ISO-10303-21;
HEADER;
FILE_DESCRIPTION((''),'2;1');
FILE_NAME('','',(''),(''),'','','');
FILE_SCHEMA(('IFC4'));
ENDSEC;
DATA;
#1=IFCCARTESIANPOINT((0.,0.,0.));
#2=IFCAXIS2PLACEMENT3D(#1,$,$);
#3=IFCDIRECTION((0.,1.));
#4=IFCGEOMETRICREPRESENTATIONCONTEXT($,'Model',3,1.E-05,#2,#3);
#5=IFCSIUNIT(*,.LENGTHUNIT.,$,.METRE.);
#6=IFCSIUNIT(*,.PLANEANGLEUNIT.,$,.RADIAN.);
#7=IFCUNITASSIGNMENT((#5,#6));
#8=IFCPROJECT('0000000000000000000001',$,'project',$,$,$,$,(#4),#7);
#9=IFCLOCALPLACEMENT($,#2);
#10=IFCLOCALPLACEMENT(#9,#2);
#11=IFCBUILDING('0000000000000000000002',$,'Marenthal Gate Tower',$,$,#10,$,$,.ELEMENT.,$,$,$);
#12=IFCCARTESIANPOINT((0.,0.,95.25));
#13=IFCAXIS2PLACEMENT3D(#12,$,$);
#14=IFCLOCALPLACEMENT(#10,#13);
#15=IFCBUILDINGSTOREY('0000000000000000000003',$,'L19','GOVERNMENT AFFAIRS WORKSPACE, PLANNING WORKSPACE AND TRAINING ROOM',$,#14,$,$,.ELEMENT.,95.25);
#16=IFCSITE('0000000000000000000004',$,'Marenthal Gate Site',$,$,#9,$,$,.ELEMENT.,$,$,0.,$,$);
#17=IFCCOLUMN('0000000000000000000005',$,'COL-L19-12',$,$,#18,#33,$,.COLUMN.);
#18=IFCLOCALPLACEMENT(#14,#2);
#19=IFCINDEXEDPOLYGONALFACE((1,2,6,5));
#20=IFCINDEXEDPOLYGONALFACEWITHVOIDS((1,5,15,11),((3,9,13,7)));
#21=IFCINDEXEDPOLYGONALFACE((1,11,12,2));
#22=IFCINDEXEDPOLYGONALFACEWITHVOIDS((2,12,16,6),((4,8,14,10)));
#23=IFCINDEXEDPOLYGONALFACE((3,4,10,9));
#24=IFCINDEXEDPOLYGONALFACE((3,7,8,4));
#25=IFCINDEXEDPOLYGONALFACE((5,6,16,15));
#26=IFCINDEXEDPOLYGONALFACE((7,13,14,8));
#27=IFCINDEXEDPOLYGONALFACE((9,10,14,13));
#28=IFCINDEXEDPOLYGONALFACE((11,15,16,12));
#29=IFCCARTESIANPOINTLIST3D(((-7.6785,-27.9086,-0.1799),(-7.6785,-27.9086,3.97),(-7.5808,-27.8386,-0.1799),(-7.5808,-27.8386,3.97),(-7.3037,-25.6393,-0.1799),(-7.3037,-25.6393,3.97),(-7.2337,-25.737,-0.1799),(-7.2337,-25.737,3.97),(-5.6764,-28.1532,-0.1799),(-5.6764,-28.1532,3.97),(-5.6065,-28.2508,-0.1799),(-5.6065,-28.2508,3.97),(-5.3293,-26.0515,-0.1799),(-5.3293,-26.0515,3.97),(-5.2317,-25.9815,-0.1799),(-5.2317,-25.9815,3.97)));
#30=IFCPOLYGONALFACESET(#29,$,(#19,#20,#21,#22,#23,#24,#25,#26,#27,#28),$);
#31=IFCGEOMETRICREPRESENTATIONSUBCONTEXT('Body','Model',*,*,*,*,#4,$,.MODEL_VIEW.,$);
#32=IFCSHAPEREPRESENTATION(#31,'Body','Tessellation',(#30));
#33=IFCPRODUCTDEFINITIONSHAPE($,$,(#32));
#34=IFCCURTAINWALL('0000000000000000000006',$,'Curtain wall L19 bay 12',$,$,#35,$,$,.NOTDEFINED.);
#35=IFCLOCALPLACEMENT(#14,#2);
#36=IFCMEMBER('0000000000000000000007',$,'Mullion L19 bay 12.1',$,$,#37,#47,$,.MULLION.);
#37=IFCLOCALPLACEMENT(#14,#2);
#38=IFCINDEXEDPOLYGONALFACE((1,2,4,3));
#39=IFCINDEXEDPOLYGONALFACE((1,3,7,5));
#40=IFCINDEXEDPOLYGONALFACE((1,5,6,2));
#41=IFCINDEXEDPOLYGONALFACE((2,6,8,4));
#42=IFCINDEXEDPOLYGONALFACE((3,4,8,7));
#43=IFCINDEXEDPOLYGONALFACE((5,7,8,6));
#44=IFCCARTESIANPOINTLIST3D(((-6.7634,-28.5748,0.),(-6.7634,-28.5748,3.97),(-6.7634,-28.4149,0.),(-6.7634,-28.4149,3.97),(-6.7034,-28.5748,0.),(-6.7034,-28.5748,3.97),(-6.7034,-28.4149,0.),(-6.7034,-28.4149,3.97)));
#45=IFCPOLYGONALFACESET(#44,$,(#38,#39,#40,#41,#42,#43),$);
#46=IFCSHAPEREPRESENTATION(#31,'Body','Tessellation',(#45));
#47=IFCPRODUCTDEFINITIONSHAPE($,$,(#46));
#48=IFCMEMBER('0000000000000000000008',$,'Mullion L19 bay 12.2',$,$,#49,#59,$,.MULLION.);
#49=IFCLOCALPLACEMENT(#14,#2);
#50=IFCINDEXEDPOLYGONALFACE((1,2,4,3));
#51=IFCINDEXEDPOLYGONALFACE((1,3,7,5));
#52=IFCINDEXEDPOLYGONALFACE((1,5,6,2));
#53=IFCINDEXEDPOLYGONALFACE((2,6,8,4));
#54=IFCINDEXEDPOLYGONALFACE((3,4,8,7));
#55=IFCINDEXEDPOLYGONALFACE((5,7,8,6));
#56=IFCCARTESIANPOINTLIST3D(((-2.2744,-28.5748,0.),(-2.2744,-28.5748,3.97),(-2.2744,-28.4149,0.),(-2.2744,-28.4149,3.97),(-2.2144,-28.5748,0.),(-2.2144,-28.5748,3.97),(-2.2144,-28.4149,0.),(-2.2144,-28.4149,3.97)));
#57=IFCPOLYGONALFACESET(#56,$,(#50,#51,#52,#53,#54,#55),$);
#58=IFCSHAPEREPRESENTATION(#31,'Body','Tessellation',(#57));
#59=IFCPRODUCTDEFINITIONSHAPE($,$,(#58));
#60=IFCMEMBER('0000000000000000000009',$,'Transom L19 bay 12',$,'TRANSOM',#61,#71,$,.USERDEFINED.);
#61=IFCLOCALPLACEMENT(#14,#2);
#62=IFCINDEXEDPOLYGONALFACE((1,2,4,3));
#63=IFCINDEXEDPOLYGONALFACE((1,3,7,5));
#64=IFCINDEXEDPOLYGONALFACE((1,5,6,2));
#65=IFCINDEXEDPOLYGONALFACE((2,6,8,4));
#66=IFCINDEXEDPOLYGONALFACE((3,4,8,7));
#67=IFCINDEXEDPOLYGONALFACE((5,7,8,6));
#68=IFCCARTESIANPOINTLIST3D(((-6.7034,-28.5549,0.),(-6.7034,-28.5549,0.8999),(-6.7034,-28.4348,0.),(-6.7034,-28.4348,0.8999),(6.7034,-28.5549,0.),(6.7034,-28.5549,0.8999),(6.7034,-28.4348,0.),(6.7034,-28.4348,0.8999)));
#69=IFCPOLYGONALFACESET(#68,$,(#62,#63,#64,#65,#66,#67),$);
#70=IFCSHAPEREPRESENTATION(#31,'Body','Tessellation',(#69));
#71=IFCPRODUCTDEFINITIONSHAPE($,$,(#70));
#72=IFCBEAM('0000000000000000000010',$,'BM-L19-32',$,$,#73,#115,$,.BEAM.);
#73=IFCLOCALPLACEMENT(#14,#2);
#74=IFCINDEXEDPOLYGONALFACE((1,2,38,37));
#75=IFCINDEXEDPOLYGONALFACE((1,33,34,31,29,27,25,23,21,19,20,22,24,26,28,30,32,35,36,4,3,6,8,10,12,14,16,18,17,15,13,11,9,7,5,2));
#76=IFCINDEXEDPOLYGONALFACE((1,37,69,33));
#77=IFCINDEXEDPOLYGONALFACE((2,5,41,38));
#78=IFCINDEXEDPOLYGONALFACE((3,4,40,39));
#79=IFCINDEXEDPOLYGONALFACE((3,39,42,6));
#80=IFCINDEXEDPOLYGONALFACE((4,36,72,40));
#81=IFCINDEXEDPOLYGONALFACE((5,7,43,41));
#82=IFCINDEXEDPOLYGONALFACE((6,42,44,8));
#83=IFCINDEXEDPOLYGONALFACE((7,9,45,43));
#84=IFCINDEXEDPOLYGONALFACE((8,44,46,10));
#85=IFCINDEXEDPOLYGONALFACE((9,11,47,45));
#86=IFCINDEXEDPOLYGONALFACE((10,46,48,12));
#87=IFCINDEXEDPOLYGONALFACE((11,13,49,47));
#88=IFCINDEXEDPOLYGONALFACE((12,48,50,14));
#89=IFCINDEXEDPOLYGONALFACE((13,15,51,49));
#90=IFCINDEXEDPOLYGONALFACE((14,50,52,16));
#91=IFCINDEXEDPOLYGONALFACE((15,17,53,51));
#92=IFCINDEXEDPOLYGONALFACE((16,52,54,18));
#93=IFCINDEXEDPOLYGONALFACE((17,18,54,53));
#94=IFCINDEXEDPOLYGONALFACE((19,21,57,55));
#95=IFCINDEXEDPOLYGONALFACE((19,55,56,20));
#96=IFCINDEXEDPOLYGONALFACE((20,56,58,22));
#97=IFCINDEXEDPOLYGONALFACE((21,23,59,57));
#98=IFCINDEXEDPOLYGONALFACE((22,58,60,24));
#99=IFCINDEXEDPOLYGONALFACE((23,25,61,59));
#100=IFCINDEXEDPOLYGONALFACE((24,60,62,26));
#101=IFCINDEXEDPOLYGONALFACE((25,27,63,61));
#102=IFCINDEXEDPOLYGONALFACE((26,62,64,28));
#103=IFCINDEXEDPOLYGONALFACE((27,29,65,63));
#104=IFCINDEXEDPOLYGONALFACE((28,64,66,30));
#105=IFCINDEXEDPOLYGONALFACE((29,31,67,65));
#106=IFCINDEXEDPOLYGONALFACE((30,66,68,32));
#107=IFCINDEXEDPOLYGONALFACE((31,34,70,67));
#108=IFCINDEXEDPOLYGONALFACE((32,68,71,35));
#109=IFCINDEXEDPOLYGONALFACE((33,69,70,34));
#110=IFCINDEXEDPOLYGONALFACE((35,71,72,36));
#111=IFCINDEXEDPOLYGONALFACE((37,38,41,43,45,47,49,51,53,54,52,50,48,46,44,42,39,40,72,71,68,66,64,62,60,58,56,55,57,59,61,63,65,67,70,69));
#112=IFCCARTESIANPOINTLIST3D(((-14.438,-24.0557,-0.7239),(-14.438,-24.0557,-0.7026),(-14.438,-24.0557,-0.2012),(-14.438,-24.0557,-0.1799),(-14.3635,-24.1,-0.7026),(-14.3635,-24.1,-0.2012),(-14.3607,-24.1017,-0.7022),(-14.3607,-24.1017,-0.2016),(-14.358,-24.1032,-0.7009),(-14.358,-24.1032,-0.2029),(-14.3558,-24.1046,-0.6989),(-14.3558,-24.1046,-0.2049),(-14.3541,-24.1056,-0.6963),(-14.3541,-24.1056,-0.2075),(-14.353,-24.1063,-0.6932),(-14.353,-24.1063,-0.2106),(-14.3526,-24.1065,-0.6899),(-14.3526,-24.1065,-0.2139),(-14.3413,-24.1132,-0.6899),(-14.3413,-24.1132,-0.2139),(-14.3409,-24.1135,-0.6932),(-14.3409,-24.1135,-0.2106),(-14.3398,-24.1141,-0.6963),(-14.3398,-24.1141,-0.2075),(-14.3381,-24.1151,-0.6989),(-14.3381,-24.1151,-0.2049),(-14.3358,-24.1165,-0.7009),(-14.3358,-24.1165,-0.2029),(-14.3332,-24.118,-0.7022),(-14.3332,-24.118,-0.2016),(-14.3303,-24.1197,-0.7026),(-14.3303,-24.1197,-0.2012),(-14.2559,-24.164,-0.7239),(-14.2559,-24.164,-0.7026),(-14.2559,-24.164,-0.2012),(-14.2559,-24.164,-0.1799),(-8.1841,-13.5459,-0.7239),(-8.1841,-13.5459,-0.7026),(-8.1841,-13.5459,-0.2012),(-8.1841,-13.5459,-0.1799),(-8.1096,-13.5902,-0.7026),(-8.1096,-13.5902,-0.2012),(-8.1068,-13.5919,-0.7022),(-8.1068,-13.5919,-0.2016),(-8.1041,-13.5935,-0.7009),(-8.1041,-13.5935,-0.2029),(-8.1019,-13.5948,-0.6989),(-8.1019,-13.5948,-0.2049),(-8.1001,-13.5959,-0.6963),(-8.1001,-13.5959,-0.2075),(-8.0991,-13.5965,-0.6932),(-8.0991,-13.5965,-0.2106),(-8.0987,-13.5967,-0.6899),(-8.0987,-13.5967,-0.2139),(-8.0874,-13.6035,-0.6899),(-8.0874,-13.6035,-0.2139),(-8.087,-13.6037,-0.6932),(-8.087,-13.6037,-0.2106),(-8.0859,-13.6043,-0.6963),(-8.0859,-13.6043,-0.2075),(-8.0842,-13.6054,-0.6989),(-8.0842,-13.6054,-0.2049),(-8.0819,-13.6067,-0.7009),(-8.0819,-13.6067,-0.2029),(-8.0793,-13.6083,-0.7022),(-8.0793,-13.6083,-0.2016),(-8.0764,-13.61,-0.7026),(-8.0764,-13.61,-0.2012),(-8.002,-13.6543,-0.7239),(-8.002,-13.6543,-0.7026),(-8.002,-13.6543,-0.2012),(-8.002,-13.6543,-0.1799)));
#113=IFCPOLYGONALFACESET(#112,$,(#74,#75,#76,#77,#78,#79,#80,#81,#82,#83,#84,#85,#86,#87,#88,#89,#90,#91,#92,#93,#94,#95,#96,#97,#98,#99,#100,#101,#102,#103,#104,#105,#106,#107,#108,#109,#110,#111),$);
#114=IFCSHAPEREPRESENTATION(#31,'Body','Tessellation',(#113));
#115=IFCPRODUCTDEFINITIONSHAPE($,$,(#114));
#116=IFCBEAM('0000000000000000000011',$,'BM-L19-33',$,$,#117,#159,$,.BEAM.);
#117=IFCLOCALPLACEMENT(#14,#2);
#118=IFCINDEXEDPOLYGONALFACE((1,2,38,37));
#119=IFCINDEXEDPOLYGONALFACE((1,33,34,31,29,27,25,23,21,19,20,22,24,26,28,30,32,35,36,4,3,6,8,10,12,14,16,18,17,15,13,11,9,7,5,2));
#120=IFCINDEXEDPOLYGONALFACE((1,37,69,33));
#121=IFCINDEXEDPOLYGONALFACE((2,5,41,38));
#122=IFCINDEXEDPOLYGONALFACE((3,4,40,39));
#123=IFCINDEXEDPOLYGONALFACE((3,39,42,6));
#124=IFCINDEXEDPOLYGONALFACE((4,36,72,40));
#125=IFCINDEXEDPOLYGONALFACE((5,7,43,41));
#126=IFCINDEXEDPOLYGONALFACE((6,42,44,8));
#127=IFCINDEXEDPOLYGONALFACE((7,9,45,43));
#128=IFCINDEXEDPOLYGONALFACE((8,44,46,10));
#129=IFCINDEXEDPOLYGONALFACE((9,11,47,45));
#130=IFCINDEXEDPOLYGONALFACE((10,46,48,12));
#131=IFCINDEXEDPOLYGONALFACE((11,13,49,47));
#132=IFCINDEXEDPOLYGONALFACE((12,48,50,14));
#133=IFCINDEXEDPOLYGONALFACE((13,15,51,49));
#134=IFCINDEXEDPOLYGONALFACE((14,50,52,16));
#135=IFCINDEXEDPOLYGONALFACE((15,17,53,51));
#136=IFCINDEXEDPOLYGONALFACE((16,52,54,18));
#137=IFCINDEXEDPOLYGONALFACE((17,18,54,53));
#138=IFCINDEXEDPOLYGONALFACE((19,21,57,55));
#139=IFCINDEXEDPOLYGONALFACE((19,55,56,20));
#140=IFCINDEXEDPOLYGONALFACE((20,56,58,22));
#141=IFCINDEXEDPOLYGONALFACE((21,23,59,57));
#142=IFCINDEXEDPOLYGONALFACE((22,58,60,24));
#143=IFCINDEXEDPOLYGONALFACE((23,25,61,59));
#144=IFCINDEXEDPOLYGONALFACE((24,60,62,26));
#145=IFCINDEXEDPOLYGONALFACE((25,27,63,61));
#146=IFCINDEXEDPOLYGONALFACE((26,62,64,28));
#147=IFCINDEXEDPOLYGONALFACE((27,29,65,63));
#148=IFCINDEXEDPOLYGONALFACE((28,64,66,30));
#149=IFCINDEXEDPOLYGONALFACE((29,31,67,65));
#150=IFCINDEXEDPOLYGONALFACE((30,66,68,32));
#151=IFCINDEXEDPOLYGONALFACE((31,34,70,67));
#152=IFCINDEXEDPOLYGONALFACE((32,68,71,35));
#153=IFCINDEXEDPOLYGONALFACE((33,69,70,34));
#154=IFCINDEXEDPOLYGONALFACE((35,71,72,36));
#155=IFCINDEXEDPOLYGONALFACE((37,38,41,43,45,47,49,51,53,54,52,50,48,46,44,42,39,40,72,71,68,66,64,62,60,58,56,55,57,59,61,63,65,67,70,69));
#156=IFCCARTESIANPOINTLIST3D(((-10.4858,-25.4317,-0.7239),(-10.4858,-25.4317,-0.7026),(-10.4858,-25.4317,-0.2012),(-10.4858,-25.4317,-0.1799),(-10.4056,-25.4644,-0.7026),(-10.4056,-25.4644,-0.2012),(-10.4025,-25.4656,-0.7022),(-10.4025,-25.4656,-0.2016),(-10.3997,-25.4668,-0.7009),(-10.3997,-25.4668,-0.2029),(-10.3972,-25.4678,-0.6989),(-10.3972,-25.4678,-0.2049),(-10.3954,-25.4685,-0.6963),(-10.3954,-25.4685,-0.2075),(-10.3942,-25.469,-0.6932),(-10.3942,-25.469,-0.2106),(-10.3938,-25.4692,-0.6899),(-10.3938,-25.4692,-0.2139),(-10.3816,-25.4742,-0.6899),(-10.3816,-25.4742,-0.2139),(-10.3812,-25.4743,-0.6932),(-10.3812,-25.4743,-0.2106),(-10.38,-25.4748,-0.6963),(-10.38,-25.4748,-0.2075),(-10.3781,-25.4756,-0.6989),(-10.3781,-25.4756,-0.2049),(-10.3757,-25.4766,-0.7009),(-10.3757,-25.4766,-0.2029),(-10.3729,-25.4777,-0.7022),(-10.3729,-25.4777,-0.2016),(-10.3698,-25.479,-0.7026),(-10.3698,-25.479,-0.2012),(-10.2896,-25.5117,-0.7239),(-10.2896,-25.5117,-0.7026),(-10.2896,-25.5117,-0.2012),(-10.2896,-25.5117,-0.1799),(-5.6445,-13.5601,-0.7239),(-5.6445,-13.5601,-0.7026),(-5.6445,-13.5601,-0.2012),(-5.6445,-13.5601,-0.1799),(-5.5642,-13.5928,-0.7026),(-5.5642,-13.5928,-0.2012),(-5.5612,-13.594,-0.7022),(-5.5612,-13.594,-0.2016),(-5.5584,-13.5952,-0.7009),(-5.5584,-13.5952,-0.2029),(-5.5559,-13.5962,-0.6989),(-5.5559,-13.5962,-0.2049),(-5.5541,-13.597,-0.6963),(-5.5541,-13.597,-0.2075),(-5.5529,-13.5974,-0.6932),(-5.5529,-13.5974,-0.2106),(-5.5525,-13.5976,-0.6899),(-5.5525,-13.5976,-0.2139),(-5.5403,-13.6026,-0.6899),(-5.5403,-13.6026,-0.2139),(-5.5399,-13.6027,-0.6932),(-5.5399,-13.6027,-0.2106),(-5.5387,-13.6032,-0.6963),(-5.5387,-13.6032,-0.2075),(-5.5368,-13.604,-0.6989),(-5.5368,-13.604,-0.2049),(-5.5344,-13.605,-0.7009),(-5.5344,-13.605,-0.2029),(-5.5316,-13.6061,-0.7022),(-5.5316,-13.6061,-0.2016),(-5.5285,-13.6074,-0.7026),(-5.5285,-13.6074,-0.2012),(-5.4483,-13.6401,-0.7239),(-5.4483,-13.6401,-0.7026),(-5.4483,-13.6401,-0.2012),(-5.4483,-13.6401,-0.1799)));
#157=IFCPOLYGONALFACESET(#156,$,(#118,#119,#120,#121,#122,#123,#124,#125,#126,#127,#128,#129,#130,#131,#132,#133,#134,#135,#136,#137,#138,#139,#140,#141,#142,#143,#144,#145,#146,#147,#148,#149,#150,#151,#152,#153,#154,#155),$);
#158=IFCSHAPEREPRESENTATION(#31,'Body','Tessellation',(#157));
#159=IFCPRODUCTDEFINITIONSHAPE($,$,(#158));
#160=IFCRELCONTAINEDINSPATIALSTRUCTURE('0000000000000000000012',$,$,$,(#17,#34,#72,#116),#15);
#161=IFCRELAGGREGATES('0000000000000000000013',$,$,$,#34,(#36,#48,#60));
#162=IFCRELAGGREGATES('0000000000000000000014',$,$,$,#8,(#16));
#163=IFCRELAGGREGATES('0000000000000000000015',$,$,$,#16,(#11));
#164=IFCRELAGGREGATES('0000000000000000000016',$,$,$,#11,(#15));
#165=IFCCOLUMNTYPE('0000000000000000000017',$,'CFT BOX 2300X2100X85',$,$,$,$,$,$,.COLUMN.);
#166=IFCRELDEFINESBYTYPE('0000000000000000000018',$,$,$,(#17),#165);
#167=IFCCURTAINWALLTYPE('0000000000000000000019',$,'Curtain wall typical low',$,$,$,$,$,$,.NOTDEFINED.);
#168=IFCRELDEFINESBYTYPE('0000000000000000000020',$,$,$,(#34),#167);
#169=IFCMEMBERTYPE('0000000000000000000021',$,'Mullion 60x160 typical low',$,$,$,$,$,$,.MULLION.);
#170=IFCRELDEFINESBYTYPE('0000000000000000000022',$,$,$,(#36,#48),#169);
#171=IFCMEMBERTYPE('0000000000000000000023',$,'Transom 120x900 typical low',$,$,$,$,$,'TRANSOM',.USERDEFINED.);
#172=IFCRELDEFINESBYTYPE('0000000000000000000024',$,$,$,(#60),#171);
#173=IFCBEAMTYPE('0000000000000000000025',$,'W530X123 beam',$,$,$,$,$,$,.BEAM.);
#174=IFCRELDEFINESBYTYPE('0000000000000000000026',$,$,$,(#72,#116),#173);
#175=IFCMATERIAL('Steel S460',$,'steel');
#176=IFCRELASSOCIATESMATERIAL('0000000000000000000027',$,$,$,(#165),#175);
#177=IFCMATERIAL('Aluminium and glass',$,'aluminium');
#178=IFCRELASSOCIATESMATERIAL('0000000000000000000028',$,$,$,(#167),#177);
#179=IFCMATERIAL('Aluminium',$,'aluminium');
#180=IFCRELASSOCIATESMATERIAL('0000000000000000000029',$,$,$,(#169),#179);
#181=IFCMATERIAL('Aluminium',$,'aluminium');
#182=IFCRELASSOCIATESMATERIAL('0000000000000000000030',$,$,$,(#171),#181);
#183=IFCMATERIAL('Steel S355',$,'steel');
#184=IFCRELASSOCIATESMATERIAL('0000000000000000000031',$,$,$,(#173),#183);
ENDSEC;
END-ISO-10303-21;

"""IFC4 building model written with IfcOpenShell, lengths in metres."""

from ifc_helpers import new_model, si_unit, direction, frame, origin, origin_2d, place, context, subcontext, project, spatial, rectangle, hollow_rectangle, i_section, extrude, material, material_profile, profile_set, type_object, element, aggregate, save


model = new_model("IFC4")

# Units and contexts
model_context = context("Model", 3, precision=1e-05, world=origin(), true_north=direction((0.0, 1.0)))
body_context = subcontext(model_context, "Body", "Model", "MODEL_VIEW")
ifc_project = project(units=[si_unit("LENGTHUNIT", "METRE"), si_unit("PLANEANGLEUNIT", "RADIAN")], contexts=[model_context])

# Site, building, storey
site_placement = place(None, origin())
site = spatial("IfcSite", under=ifc_project, at=site_placement, Name="Marenthal Gate Site", CompositionType="ELEMENT", RefElevation=0.0)
building_placement = place(site_placement, origin())
building = spatial("IfcBuilding", under=site, at=building_placement, Name="Marenthal Gate Tower", CompositionType="ELEMENT")
storey_placement = place(building_placement, frame((0.0, 0.0, 95.25)))
storey = spatial("IfcBuildingStorey", under=building, at=storey_placement, Name="L19", Description="GOVERNMENT AFFAIRS WORKSPACE, PLANNING WORKSPACE AND TRAINING ROOM", CompositionType="ELEMENT", Elevation=95.25)

# Column
ifc_material_1 = material(Name="Steel S460", Category="steel")
ifc_material_profile_1 = material_profile(ifc_material_1, hollow_rectangle(XDim=2.1001, YDim=2.3, WallThickness=0.085, at=origin_2d()), Name="CFT BOX 2300X2100X85")
ifc_material_2 = material(Name="Concrete 70 MPa", Category="concrete")
ifc_material_profile_2 = material_profile(ifc_material_2, rectangle(XDim=1.9299, YDim=2.1299, at=origin_2d()), Name="CFT BOX 2300X2100X85 INFILL")
ifc_profile_set_1 = profile_set([ifc_material_profile_1, ifc_material_profile_2], Name="Steel S460 shell, Concrete 70 MPa infill")
column_type = type_object("IfcColumnType", Name="CFT BOX 2300X2100X85", PredefinedType="COLUMN", material=ifc_profile_set_1)
column_placement = place(storey_placement, frame((-6.4551, -26.9451, -0.1799), z_axis=(0.0, 0.0, 1.0), x_axis=(-0.986635, 0.162949, 0.0)))
element("IfcColumn", 1, at=column_placement, inside=storey, type_object=column_type, Name="COL-L19-12", PredefinedType="COLUMN", context=body_context, shape_type="SweptSolid", body=[
    extrude(hollow_rectangle(XDim=2.1001, YDim=2.3, WallThickness=0.085, at=origin_2d()), origin(), (0.0, 0.0, 1.0), 4.1499),
])

# Curtain wall, members
ifc_material_3 = material(Name="Aluminium and glass", Category="aluminium")
curtain_wall_type = type_object("IfcCurtainWallType", Name="Curtain wall typical low", PredefinedType="NOTDEFINED", material=ifc_material_3)
curtain_wall_placement = place(storey_placement, origin())
curtain_wall = element("IfcCurtainWall", 2, at=curtain_wall_placement, inside=storey, type_object=curtain_wall_type, Name="Curtain wall L19 bay 12", PredefinedType="NOTDEFINED")
ifc_material_4 = material(Name="Aluminium", Category="aluminium")
ifc_material_profile_3 = material_profile(ifc_material_4, rectangle(XDim=0.1599, YDim=0.0601, at=origin_2d()), Name="60x160 aluminium mullion")
ifc_profile_set_2 = profile_set([ifc_material_profile_3], Name="Aluminium")
member_type_1 = type_object("IfcMemberType", Name="Mullion 60x160 typical low", PredefinedType="MULLION", material=ifc_profile_set_2)
member_1_placement = place(storey_placement, frame((-6.7334, -28.4949, 0.0), z_axis=(0.0, 0.0, 1.0), x_axis=(0.0, 1.0, 0.0)))
member_1 = element("IfcMember", 3, at=member_1_placement, type_object=member_type_1, Name="Mullion L19 bay 12.1", PredefinedType="MULLION", context=body_context, shape_type="SweptSolid", body=[
    extrude(rectangle(XDim=0.1599, YDim=0.0601, at=origin_2d()), origin(), (0.0, 0.0, 1.0), 3.97),
])
member_2_placement = place(storey_placement, frame((-2.2444, -28.4949, 0.0), z_axis=(0.0, 0.0, 1.0), x_axis=(0.0, 1.0, 0.0)))
member_2 = element("IfcMember", 4, at=member_2_placement, type_object=member_type_1, Name="Mullion L19 bay 12.2", PredefinedType="MULLION", context=body_context, shape_type="SweptSolid", body=[
    extrude(rectangle(XDim=0.1599, YDim=0.0601, at=origin_2d()), origin(), (0.0, 0.0, 1.0), 3.97),
])
ifc_material_5 = material(Name="Aluminium", Category="aluminium")
ifc_material_profile_4 = material_profile(ifc_material_5, rectangle(XDim=0.1201, YDim=0.8999, at=origin_2d()), Name="120x900 aluminium transom")
ifc_profile_set_3 = profile_set([ifc_material_profile_4], Name="Aluminium")
member_type_2 = type_object("IfcMemberType", Name="Transom 120x900 typical low", ElementType="TRANSOM", PredefinedType="USERDEFINED", material=ifc_profile_set_3)
member_3_placement = place(storey_placement, frame((-6.7034, -28.4949, 0.45), z_axis=(1.0, 0.0, 0.0), x_axis=(0.0, 1.0, 0.0)))
member_3 = element("IfcMember", 5, at=member_3_placement, type_object=member_type_2, Name="Transom L19 bay 12", ObjectType="TRANSOM", PredefinedType="USERDEFINED", context=body_context, shape_type="SweptSolid", body=[
    extrude(rectangle(XDim=0.1201, YDim=0.8999, at=origin_2d()), origin(), (0.0, 0.0, 1.0), 13.4067),
])

# Beams
ifc_material_6 = material(Name="Steel S355", Category="steel")
ifc_material_profile_5 = material_profile(ifc_material_6, i_section(OverallWidth=0.2119, OverallDepth=0.5439, WebThickness=0.0132, FlangeThickness=0.0212, FilletRadius=0.0127, at=origin_2d()), Name="W530X123")
ifc_profile_set_4 = profile_set([ifc_material_profile_5], Name="Steel S355")
beam_type_1 = type_object("IfcBeamType", Name="W530X123 beam", PredefinedType="BEAM", material=ifc_profile_set_4)
beam_1_placement = place(storey_placement, frame((-14.3469, -24.1099, -0.4519), z_axis=(0.511369, 0.859361, 0.0), x_axis=(-0.859361, 0.511369, 0.0)))
element("IfcBeam", 6, at=beam_1_placement, inside=storey, type_object=beam_type_1, Name="BM-L19-32", PredefinedType="BEAM", context=body_context, shape_type="SweptSolid", body=[
    extrude(i_section(OverallWidth=0.2119, OverallDepth=0.5439, WebThickness=0.0132, FlangeThickness=0.0212, FilletRadius=0.0127, at=origin_2d()), origin(), (0.0, 0.0, 1.0), 12.2297),
])
beam_2_placement = place(storey_placement, frame((-10.3877, -25.4717, -0.4519), z_axis=(0.377614, 0.925963, 0.0), x_axis=(-0.925963, 0.377614, 0.0)))
element("IfcBeam", 7, at=beam_2_placement, inside=storey, type_object=beam_type_1, Name="BM-L19-33", PredefinedType="BEAM", context=body_context, shape_type="SweptSolid", body=[
    extrude(i_section(OverallWidth=0.2119, OverallDepth=0.5439, WebThickness=0.0132, FlangeThickness=0.0212, FilletRadius=0.0127, at=origin_2d()), origin(), (0.0, 0.0, 1.0), 12.8208),
])

aggregate(curtain_wall, [member_1, member_2, member_3])

save(model, "model.ifc")
